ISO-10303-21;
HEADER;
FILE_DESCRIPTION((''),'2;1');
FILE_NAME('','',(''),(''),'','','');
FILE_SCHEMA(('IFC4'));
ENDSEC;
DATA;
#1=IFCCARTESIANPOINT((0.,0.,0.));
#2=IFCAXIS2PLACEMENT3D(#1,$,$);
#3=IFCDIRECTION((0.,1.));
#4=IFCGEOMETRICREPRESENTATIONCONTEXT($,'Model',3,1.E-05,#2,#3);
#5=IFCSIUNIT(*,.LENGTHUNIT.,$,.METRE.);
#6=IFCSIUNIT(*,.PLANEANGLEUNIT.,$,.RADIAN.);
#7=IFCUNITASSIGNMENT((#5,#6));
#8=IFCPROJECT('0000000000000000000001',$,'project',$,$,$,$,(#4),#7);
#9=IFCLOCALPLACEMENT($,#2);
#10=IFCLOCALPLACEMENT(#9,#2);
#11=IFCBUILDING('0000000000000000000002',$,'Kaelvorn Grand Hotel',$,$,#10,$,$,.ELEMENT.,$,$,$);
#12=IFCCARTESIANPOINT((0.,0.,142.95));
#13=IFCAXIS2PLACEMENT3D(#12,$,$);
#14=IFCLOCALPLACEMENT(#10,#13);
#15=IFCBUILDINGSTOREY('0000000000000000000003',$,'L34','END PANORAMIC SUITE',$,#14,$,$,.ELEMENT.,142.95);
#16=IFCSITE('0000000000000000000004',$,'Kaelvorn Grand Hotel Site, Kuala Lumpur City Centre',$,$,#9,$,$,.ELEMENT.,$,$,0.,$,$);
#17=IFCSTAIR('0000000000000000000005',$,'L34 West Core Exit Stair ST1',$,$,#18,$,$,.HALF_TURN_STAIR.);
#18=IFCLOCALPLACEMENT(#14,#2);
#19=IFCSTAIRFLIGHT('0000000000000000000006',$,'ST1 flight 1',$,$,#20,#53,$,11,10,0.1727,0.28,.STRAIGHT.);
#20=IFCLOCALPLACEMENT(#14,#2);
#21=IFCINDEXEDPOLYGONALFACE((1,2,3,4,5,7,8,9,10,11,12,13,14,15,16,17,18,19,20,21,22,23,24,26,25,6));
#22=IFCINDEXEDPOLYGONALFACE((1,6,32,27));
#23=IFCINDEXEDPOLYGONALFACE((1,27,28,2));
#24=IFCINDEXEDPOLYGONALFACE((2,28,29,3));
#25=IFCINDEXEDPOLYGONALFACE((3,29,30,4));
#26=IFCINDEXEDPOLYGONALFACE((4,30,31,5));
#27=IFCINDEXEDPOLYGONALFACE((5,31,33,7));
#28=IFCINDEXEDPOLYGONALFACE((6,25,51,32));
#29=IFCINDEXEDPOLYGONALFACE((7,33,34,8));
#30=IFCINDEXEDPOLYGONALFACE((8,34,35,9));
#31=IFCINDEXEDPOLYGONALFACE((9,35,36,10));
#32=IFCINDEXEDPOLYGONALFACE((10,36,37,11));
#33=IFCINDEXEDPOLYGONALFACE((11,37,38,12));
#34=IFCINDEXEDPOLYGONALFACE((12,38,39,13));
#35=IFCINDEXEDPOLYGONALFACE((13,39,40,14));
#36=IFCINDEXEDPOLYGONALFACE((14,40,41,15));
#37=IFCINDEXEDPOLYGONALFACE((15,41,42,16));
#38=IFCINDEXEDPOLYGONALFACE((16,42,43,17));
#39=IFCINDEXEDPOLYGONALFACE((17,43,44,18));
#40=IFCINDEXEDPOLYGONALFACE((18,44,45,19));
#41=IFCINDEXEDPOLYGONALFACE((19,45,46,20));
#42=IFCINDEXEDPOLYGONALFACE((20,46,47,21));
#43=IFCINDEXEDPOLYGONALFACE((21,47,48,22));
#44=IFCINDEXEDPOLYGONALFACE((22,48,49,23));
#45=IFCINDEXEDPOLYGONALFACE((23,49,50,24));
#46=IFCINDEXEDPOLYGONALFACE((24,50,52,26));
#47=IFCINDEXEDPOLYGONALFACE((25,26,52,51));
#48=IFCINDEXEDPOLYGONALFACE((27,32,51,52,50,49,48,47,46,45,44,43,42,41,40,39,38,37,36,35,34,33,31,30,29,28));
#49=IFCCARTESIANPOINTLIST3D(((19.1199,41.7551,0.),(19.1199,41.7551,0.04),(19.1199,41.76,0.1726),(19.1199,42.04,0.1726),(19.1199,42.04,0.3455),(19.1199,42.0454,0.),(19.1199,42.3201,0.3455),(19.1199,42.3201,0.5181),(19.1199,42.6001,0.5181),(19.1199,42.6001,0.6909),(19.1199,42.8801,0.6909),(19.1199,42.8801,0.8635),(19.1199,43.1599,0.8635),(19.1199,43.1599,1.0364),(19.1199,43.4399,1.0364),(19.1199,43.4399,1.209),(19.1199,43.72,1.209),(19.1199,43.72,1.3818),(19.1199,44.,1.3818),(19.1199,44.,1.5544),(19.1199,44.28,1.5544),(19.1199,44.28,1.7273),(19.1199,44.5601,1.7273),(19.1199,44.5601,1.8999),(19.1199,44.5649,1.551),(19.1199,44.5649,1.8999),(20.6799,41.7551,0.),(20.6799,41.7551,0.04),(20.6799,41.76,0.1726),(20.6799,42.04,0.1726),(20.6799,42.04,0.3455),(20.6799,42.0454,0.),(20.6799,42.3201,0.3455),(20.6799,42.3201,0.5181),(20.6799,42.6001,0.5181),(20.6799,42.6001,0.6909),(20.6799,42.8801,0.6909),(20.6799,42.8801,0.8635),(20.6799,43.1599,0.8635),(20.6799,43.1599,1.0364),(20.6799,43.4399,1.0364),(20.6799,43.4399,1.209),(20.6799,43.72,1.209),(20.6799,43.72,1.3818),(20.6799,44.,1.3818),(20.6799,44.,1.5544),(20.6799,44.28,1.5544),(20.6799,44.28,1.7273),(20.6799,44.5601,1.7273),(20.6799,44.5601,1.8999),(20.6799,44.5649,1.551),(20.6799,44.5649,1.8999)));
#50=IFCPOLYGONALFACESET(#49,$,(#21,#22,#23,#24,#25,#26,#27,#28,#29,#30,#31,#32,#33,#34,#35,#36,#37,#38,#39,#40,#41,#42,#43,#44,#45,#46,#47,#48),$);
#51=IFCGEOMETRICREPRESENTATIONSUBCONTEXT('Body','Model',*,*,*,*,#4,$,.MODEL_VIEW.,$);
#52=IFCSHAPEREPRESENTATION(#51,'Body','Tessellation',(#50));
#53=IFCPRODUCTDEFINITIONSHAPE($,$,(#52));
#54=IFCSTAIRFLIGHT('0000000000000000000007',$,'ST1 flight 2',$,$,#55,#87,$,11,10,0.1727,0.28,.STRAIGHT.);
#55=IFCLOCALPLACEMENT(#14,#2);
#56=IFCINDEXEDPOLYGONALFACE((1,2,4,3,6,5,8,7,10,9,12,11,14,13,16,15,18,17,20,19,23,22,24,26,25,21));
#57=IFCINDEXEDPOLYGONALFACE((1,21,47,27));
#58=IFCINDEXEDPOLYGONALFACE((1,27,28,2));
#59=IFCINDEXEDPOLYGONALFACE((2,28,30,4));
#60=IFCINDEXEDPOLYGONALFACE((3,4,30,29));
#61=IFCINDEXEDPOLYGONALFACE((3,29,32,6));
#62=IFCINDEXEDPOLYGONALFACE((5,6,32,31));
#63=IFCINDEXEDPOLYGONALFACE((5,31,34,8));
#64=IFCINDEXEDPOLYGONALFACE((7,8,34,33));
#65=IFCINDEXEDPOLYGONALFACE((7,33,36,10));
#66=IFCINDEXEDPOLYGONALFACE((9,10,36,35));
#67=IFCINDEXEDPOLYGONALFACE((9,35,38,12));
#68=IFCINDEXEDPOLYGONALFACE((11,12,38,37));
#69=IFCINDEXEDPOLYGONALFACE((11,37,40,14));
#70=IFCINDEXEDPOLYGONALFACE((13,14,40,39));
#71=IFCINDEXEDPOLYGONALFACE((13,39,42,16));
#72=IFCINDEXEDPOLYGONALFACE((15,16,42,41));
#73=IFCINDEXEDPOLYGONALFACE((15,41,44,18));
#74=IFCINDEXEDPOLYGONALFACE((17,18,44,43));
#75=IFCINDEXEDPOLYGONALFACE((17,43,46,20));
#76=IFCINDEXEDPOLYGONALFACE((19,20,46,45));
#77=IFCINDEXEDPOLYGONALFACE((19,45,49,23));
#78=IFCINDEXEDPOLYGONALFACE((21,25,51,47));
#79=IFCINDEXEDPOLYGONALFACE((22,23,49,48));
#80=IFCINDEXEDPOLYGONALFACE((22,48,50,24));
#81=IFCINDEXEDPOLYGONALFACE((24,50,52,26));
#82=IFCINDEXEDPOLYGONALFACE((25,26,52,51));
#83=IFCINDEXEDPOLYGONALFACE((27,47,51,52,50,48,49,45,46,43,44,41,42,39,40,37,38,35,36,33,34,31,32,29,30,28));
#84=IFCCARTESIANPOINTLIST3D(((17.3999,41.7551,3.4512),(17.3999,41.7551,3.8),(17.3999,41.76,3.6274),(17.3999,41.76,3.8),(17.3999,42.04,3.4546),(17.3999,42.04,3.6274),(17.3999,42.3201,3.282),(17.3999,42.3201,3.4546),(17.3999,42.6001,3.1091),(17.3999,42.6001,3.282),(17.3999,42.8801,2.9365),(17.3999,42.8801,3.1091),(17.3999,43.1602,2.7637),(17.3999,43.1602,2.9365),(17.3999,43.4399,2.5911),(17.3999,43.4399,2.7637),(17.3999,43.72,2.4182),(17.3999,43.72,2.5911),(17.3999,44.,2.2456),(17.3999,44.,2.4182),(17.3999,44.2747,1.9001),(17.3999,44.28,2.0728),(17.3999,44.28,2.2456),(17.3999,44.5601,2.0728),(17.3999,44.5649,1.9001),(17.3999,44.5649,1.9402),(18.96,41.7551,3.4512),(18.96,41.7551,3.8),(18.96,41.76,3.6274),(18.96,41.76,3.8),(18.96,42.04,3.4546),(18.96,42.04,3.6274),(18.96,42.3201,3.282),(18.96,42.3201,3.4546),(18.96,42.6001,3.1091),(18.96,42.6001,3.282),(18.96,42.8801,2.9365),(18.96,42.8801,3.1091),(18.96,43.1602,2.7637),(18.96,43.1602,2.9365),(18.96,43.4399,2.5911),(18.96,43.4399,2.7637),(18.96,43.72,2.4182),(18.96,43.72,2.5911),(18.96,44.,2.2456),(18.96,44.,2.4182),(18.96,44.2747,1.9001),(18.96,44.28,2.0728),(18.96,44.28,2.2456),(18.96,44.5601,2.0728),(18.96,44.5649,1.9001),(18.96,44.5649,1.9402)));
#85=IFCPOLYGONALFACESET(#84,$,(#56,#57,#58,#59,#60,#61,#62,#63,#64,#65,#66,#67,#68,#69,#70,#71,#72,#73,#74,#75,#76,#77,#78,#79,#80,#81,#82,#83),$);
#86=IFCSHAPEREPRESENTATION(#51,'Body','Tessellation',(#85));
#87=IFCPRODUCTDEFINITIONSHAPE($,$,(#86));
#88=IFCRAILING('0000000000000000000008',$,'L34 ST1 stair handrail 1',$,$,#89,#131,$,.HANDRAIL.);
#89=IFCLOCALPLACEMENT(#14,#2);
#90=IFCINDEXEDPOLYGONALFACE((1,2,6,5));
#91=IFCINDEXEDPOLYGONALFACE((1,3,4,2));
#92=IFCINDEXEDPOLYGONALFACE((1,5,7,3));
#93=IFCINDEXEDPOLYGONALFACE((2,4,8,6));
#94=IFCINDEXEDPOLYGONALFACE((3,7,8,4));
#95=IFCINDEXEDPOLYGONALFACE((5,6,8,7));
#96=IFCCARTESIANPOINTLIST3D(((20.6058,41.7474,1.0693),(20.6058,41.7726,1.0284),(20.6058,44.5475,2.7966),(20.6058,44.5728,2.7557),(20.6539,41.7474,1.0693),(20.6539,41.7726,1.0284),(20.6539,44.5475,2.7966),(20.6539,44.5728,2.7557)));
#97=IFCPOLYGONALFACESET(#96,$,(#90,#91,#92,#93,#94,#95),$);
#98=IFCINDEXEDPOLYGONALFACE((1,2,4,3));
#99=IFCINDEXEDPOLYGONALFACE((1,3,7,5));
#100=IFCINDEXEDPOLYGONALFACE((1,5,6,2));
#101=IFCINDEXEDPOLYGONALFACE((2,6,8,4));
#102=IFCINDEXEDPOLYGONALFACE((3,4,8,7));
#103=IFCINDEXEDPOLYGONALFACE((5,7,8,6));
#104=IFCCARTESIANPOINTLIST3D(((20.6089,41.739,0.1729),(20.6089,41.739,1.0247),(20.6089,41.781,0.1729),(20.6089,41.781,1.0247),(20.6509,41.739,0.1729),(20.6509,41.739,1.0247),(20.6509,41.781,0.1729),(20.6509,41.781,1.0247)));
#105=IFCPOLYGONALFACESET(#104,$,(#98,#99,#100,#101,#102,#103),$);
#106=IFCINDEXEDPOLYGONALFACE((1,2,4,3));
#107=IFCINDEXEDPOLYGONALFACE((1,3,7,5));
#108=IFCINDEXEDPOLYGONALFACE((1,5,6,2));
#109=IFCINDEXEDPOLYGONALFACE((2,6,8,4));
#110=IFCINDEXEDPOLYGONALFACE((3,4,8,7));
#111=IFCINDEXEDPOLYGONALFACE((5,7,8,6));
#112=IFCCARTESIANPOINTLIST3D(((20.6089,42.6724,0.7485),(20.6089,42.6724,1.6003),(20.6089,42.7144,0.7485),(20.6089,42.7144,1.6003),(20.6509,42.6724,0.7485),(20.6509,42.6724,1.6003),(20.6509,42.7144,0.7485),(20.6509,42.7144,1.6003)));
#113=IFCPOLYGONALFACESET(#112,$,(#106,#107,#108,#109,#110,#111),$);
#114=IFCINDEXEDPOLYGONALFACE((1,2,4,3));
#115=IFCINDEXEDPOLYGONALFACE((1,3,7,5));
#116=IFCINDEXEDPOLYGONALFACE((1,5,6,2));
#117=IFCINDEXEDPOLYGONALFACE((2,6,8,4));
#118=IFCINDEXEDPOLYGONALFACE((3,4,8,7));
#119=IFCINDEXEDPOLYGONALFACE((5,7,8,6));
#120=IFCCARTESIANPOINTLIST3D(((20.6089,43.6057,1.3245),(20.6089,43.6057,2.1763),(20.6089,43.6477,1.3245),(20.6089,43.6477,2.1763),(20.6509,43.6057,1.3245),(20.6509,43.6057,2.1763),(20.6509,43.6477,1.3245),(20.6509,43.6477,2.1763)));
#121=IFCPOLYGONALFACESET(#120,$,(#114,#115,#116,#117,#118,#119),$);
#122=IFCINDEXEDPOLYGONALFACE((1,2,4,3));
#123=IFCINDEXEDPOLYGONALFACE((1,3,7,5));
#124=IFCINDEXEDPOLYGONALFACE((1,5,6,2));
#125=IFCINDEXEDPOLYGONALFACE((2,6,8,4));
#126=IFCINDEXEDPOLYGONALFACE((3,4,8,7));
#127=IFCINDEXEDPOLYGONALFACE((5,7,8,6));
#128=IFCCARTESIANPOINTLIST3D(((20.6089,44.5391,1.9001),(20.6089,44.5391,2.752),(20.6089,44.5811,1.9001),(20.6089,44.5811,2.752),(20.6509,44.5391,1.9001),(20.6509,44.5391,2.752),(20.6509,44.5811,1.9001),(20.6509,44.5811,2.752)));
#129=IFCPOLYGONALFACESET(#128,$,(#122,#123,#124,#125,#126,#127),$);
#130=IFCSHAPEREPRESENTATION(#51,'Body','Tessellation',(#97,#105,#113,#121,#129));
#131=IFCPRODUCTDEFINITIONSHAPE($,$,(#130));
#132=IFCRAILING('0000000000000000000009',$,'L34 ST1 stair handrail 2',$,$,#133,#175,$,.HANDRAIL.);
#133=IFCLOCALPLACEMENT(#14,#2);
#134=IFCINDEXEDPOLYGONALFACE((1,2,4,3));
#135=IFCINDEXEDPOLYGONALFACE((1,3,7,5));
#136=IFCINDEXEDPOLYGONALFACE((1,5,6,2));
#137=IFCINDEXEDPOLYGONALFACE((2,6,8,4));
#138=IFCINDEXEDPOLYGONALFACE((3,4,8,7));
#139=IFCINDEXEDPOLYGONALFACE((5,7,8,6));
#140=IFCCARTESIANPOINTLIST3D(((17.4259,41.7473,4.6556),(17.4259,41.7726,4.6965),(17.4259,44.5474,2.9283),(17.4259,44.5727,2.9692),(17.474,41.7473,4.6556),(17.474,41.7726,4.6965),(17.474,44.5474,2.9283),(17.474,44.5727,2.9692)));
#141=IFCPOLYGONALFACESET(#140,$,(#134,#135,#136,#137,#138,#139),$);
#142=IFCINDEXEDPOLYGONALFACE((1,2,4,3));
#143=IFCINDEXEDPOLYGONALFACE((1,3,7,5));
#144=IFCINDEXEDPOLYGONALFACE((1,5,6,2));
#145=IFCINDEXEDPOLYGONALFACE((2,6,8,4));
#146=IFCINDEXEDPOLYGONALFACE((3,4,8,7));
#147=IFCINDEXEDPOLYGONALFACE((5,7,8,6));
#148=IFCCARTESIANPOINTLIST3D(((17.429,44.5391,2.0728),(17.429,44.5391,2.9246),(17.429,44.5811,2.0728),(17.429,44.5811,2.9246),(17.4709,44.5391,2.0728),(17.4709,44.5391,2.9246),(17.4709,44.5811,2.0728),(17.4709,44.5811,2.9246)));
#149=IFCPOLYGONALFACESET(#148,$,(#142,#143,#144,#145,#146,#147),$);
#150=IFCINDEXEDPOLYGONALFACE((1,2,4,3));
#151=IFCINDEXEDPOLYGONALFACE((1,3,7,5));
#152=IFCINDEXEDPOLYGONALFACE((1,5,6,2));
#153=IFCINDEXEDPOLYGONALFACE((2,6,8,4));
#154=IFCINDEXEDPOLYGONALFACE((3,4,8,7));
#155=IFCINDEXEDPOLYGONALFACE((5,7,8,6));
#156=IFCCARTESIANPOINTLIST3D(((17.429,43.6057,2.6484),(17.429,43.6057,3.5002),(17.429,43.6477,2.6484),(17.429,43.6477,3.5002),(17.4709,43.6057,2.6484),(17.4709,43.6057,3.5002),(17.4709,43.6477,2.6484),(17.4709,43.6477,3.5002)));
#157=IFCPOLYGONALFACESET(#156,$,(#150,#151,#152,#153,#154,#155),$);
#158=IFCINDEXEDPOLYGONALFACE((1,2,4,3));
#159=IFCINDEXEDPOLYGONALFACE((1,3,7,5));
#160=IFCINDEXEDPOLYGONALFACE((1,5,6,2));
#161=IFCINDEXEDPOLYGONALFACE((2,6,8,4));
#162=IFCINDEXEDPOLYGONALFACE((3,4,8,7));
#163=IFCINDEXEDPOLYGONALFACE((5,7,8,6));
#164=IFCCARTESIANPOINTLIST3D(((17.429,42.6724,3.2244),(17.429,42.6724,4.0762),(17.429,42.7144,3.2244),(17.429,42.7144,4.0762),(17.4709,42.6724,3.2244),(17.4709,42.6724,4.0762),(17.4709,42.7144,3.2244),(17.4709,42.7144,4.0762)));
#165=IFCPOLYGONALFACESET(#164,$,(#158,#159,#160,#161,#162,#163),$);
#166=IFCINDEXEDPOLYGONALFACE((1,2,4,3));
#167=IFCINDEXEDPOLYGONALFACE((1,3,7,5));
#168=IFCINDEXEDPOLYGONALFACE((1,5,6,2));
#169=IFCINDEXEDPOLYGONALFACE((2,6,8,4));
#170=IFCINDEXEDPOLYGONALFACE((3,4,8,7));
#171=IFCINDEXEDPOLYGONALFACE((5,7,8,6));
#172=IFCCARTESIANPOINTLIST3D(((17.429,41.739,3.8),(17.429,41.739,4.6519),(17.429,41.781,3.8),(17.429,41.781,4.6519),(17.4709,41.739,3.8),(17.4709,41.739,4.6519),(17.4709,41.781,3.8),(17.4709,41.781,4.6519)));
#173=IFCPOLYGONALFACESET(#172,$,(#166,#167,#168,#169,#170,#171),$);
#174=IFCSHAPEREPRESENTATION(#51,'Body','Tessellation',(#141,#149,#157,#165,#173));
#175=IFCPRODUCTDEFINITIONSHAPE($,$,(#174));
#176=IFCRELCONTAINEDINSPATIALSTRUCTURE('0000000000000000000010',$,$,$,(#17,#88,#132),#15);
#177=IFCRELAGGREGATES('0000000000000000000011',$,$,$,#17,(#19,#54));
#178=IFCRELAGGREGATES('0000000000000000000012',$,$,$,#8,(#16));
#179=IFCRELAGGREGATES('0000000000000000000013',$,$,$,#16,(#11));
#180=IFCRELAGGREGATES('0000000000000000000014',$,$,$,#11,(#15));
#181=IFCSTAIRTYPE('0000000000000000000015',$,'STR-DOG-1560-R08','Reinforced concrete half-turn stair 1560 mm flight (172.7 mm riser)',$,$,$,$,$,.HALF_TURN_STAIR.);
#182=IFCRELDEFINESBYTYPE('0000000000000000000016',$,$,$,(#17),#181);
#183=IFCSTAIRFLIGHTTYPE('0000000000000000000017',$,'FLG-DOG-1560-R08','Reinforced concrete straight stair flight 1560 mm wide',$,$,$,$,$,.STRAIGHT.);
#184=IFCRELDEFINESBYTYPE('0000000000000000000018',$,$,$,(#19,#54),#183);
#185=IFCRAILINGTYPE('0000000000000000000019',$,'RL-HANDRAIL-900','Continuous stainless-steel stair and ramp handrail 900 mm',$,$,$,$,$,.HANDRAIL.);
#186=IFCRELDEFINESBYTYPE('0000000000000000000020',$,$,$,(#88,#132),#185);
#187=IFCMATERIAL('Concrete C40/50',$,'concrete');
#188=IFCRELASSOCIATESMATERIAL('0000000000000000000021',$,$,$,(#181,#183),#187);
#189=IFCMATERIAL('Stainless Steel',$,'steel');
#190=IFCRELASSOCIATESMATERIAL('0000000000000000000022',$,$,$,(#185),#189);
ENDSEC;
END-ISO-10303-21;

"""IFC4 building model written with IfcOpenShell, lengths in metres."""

from ifc_helpers import new_model, si_unit, direction, frame, origin, origin_2d, place, context, subcontext, project, spatial, polyline, rectangle, outline, extrude, material, type_object, element, aggregate, save


model = new_model("IFC4")

# Units and contexts
model_context = context("Model", 3, precision=1e-05, world=origin(), true_north=direction((0.0, 1.0)))
body_context = subcontext(model_context, "Body", "Model", "MODEL_VIEW")
ifc_project = project(units=[si_unit("LENGTHUNIT", "METRE"), si_unit("PLANEANGLEUNIT", "RADIAN")], contexts=[model_context])

# Site, building, storey
site_placement = place(None, origin())
site = spatial("IfcSite", under=ifc_project, at=site_placement, Name="Kaelvorn Grand Hotel Site, Kuala Lumpur City Centre", CompositionType="ELEMENT", RefElevation=0.0)
building_placement = place(site_placement, origin())
building = spatial("IfcBuilding", under=site, at=building_placement, Name="Kaelvorn Grand Hotel", CompositionType="ELEMENT")
storey_placement = place(building_placement, frame((0.0, 0.0, 142.95)))
storey = spatial("IfcBuildingStorey", under=building, at=storey_placement, Name="L34", Description="END PANORAMIC SUITE", CompositionType="ELEMENT", Elevation=142.95)

# Shared definitions
ifc_material_1 = material(Name="Concrete C40/50", Category="concrete")

# Stair, stair flights
stair_type = type_object("IfcStairType", Name="STR-DOG-1560-R08", Description="Reinforced concrete half-turn stair 1560 mm flight (172.7 mm riser)", PredefinedType="HALF_TURN_STAIR", material=ifc_material_1)
stair_placement = place(storey_placement, origin())
stair = element("IfcStair", 1, at=stair_placement, inside=storey, type_object=stair_type, Name="L34 West Core Exit Stair ST1", PredefinedType="HALF_TURN_STAIR")
stair_flight_type = type_object("IfcStairFlightType", Name="FLG-DOG-1560-R08", Description="Reinforced concrete straight stair flight 1560 mm wide", PredefinedType="STRAIGHT", material=ifc_material_1)
stair_flight_1_placement = place(storey_placement, frame((19.8999, 41.76, 0.0), z_axis=(0.0, 0.0, 1.0), x_axis=(0.0, 1.0, 0.0)))
stair_flight_1 = element("IfcStairFlight", 2, at=stair_flight_1_placement, type_object=stair_flight_type, Name="ST1 flight 1", NumberOfRisers=11, NumberOfTreads=10, PredefinedType="STRAIGHT", RiserHeight=0.1727, TreadLength=0.28, context=body_context, shape_type="SweptSolid", body=[
    extrude(outline(polyline([(-0.0049, 0.0), (-0.0049, 0.04), (0.0, 0.1726), (0.28, 0.1726), (0.28, 0.3455), (0.5601, 0.3455), (0.5601, 0.5181), (0.8401, 0.5181), (0.8401, 0.6909), (1.1201, 0.6909), (1.1201, 0.8635), (1.3999, 0.8635), (1.3999, 1.0364), (1.6799, 1.0364), (1.6799, 1.209), (1.96, 1.209), (1.96, 1.3818), (2.24, 1.3818), (2.24, 1.5544), (2.52, 1.5544), (2.52, 1.7273), (2.8, 1.7273), (2.8, 1.8999), (2.8049, 1.8999), (2.8049, 1.551), (0.2854, 0.0), (-0.0049, 0.0)])), frame((0.0, 0.78, 0.0), z_axis=(0.0, -1.0, 0.0), x_axis=(1.0, 0.0, 0.0)), (0.0, 0.0, 1.0), 1.5601),
])
stair_flight_2_placement = place(storey_placement, frame((18.1799, 44.5601, 1.9001), z_axis=(0.0, 0.0, 1.0), x_axis=(0.0, -1.0, 0.0)))
stair_flight_2 = element("IfcStairFlight", 3, at=stair_flight_2_placement, type_object=stair_flight_type, Name="ST1 flight 2", NumberOfRisers=11, NumberOfTreads=10, PredefinedType="STRAIGHT", RiserHeight=0.1727, TreadLength=0.28, context=body_context, shape_type="SweptSolid", body=[
    extrude(outline(polyline([(-0.0049, 0.0), (-0.0049, 0.04), (0.0, 0.1726), (0.28, 0.1726), (0.28, 0.3455), (0.5601, 0.3455), (0.5601, 0.5181), (0.8401, 0.5181), (0.8401, 0.6909), (1.1201, 0.6909), (1.1201, 0.8635), (1.3999, 0.8635), (1.3999, 1.0364), (1.6799, 1.0364), (1.6799, 1.209), (1.96, 1.209), (1.96, 1.3818), (2.24, 1.3818), (2.24, 1.5544), (2.52, 1.5544), (2.52, 1.7273), (2.8, 1.7273), (2.8, 1.8999), (2.8049, 1.8999), (2.8049, 1.551), (0.2854, 0.0), (-0.0049, 0.0)])), frame((0.0, 0.78, 0.0), z_axis=(0.0, -1.0, 0.0), x_axis=(1.0, 0.0, 0.0)), (0.0, 0.0, 1.0), 1.5601),
])
aggregate(stair, [stair_flight_1, stair_flight_2])

# Railings
ifc_material_2 = material(Name="Stainless Steel", Category="steel")
railing_type_1 = type_object("IfcRailingType", Name="RL-HANDRAIL-900", Description="Continuous stainless-steel stair and ramp handrail 900 mm", PredefinedType="HANDRAIL", material=ifc_material_2)
railing_1_placement = place(storey_placement, frame((20.6299, 41.76, 0.1729)))
element("IfcRailing", 4, at=railing_1_placement, inside=storey, type_object=railing_type_1, Name="L34 ST1 stair handrail 1", PredefinedType="HANDRAIL", context=body_context, shape_type="SweptSolid", body=[
    extrude(rectangle(XDim=0.0481, YDim=0.0481, at=origin_2d()), frame((0.0, 0.0, 0.876), z_axis=(0.0, 0.85109, 0.52502), x_axis=(-1.0, 0.0, 0.0)), (0.0, 0.0, 1.0), 3.29),
    extrude(rectangle(XDim=0.042, YDim=0.042, at=origin_2d()), origin(), (0.0, 0.0, 1.0), 0.8518),
    extrude(rectangle(XDim=0.042, YDim=0.042, at=origin_2d()), frame((0.0, 0.9333, 0.5757)), (0.0, 0.0, 1.0), 0.8518),
    extrude(rectangle(XDim=0.042, YDim=0.042, at=origin_2d()), frame((0.0, 1.8667, 1.1516)), (0.0, 0.0, 1.0), 0.8518),
    extrude(rectangle(XDim=0.042, YDim=0.042, at=origin_2d()), frame((0.0, 2.8, 1.7273)), (0.0, 0.0, 1.0), 0.8518),
])
railing_2_placement = place(storey_placement, frame((17.45, 44.5601, 2.0728)))
element("IfcRailing", 5, at=railing_2_placement, inside=storey, type_object=railing_type_1, Name="L34 ST1 stair handrail 2", PredefinedType="HANDRAIL", context=body_context, shape_type="SweptSolid", body=[
    extrude(rectangle(XDim=0.0481, YDim=0.0481, at=origin_2d()), frame((0.0, 0.0, 0.876), z_axis=(0.0, -0.85109, 0.52502), x_axis=(1.0, 0.0, 0.0)), (0.0, 0.0, 1.0), 3.29),
    extrude(rectangle(XDim=0.042, YDim=0.042, at=origin_2d()), origin(), (0.0, 0.0, 1.0), 0.8518),
    extrude(rectangle(XDim=0.042, YDim=0.042, at=origin_2d()), frame((0.0, -0.9333, 0.5757)), (0.0, 0.0, 1.0), 0.8518),
    extrude(rectangle(XDim=0.042, YDim=0.042, at=origin_2d()), frame((0.0, -1.8667, 1.1516)), (0.0, 0.0, 1.0), 0.8518),
    extrude(rectangle(XDim=0.042, YDim=0.042, at=origin_2d()), frame((0.0, -2.8, 1.7273)), (0.0, 0.0, 1.0), 0.8518),
])

save(model, "model.ifc")
